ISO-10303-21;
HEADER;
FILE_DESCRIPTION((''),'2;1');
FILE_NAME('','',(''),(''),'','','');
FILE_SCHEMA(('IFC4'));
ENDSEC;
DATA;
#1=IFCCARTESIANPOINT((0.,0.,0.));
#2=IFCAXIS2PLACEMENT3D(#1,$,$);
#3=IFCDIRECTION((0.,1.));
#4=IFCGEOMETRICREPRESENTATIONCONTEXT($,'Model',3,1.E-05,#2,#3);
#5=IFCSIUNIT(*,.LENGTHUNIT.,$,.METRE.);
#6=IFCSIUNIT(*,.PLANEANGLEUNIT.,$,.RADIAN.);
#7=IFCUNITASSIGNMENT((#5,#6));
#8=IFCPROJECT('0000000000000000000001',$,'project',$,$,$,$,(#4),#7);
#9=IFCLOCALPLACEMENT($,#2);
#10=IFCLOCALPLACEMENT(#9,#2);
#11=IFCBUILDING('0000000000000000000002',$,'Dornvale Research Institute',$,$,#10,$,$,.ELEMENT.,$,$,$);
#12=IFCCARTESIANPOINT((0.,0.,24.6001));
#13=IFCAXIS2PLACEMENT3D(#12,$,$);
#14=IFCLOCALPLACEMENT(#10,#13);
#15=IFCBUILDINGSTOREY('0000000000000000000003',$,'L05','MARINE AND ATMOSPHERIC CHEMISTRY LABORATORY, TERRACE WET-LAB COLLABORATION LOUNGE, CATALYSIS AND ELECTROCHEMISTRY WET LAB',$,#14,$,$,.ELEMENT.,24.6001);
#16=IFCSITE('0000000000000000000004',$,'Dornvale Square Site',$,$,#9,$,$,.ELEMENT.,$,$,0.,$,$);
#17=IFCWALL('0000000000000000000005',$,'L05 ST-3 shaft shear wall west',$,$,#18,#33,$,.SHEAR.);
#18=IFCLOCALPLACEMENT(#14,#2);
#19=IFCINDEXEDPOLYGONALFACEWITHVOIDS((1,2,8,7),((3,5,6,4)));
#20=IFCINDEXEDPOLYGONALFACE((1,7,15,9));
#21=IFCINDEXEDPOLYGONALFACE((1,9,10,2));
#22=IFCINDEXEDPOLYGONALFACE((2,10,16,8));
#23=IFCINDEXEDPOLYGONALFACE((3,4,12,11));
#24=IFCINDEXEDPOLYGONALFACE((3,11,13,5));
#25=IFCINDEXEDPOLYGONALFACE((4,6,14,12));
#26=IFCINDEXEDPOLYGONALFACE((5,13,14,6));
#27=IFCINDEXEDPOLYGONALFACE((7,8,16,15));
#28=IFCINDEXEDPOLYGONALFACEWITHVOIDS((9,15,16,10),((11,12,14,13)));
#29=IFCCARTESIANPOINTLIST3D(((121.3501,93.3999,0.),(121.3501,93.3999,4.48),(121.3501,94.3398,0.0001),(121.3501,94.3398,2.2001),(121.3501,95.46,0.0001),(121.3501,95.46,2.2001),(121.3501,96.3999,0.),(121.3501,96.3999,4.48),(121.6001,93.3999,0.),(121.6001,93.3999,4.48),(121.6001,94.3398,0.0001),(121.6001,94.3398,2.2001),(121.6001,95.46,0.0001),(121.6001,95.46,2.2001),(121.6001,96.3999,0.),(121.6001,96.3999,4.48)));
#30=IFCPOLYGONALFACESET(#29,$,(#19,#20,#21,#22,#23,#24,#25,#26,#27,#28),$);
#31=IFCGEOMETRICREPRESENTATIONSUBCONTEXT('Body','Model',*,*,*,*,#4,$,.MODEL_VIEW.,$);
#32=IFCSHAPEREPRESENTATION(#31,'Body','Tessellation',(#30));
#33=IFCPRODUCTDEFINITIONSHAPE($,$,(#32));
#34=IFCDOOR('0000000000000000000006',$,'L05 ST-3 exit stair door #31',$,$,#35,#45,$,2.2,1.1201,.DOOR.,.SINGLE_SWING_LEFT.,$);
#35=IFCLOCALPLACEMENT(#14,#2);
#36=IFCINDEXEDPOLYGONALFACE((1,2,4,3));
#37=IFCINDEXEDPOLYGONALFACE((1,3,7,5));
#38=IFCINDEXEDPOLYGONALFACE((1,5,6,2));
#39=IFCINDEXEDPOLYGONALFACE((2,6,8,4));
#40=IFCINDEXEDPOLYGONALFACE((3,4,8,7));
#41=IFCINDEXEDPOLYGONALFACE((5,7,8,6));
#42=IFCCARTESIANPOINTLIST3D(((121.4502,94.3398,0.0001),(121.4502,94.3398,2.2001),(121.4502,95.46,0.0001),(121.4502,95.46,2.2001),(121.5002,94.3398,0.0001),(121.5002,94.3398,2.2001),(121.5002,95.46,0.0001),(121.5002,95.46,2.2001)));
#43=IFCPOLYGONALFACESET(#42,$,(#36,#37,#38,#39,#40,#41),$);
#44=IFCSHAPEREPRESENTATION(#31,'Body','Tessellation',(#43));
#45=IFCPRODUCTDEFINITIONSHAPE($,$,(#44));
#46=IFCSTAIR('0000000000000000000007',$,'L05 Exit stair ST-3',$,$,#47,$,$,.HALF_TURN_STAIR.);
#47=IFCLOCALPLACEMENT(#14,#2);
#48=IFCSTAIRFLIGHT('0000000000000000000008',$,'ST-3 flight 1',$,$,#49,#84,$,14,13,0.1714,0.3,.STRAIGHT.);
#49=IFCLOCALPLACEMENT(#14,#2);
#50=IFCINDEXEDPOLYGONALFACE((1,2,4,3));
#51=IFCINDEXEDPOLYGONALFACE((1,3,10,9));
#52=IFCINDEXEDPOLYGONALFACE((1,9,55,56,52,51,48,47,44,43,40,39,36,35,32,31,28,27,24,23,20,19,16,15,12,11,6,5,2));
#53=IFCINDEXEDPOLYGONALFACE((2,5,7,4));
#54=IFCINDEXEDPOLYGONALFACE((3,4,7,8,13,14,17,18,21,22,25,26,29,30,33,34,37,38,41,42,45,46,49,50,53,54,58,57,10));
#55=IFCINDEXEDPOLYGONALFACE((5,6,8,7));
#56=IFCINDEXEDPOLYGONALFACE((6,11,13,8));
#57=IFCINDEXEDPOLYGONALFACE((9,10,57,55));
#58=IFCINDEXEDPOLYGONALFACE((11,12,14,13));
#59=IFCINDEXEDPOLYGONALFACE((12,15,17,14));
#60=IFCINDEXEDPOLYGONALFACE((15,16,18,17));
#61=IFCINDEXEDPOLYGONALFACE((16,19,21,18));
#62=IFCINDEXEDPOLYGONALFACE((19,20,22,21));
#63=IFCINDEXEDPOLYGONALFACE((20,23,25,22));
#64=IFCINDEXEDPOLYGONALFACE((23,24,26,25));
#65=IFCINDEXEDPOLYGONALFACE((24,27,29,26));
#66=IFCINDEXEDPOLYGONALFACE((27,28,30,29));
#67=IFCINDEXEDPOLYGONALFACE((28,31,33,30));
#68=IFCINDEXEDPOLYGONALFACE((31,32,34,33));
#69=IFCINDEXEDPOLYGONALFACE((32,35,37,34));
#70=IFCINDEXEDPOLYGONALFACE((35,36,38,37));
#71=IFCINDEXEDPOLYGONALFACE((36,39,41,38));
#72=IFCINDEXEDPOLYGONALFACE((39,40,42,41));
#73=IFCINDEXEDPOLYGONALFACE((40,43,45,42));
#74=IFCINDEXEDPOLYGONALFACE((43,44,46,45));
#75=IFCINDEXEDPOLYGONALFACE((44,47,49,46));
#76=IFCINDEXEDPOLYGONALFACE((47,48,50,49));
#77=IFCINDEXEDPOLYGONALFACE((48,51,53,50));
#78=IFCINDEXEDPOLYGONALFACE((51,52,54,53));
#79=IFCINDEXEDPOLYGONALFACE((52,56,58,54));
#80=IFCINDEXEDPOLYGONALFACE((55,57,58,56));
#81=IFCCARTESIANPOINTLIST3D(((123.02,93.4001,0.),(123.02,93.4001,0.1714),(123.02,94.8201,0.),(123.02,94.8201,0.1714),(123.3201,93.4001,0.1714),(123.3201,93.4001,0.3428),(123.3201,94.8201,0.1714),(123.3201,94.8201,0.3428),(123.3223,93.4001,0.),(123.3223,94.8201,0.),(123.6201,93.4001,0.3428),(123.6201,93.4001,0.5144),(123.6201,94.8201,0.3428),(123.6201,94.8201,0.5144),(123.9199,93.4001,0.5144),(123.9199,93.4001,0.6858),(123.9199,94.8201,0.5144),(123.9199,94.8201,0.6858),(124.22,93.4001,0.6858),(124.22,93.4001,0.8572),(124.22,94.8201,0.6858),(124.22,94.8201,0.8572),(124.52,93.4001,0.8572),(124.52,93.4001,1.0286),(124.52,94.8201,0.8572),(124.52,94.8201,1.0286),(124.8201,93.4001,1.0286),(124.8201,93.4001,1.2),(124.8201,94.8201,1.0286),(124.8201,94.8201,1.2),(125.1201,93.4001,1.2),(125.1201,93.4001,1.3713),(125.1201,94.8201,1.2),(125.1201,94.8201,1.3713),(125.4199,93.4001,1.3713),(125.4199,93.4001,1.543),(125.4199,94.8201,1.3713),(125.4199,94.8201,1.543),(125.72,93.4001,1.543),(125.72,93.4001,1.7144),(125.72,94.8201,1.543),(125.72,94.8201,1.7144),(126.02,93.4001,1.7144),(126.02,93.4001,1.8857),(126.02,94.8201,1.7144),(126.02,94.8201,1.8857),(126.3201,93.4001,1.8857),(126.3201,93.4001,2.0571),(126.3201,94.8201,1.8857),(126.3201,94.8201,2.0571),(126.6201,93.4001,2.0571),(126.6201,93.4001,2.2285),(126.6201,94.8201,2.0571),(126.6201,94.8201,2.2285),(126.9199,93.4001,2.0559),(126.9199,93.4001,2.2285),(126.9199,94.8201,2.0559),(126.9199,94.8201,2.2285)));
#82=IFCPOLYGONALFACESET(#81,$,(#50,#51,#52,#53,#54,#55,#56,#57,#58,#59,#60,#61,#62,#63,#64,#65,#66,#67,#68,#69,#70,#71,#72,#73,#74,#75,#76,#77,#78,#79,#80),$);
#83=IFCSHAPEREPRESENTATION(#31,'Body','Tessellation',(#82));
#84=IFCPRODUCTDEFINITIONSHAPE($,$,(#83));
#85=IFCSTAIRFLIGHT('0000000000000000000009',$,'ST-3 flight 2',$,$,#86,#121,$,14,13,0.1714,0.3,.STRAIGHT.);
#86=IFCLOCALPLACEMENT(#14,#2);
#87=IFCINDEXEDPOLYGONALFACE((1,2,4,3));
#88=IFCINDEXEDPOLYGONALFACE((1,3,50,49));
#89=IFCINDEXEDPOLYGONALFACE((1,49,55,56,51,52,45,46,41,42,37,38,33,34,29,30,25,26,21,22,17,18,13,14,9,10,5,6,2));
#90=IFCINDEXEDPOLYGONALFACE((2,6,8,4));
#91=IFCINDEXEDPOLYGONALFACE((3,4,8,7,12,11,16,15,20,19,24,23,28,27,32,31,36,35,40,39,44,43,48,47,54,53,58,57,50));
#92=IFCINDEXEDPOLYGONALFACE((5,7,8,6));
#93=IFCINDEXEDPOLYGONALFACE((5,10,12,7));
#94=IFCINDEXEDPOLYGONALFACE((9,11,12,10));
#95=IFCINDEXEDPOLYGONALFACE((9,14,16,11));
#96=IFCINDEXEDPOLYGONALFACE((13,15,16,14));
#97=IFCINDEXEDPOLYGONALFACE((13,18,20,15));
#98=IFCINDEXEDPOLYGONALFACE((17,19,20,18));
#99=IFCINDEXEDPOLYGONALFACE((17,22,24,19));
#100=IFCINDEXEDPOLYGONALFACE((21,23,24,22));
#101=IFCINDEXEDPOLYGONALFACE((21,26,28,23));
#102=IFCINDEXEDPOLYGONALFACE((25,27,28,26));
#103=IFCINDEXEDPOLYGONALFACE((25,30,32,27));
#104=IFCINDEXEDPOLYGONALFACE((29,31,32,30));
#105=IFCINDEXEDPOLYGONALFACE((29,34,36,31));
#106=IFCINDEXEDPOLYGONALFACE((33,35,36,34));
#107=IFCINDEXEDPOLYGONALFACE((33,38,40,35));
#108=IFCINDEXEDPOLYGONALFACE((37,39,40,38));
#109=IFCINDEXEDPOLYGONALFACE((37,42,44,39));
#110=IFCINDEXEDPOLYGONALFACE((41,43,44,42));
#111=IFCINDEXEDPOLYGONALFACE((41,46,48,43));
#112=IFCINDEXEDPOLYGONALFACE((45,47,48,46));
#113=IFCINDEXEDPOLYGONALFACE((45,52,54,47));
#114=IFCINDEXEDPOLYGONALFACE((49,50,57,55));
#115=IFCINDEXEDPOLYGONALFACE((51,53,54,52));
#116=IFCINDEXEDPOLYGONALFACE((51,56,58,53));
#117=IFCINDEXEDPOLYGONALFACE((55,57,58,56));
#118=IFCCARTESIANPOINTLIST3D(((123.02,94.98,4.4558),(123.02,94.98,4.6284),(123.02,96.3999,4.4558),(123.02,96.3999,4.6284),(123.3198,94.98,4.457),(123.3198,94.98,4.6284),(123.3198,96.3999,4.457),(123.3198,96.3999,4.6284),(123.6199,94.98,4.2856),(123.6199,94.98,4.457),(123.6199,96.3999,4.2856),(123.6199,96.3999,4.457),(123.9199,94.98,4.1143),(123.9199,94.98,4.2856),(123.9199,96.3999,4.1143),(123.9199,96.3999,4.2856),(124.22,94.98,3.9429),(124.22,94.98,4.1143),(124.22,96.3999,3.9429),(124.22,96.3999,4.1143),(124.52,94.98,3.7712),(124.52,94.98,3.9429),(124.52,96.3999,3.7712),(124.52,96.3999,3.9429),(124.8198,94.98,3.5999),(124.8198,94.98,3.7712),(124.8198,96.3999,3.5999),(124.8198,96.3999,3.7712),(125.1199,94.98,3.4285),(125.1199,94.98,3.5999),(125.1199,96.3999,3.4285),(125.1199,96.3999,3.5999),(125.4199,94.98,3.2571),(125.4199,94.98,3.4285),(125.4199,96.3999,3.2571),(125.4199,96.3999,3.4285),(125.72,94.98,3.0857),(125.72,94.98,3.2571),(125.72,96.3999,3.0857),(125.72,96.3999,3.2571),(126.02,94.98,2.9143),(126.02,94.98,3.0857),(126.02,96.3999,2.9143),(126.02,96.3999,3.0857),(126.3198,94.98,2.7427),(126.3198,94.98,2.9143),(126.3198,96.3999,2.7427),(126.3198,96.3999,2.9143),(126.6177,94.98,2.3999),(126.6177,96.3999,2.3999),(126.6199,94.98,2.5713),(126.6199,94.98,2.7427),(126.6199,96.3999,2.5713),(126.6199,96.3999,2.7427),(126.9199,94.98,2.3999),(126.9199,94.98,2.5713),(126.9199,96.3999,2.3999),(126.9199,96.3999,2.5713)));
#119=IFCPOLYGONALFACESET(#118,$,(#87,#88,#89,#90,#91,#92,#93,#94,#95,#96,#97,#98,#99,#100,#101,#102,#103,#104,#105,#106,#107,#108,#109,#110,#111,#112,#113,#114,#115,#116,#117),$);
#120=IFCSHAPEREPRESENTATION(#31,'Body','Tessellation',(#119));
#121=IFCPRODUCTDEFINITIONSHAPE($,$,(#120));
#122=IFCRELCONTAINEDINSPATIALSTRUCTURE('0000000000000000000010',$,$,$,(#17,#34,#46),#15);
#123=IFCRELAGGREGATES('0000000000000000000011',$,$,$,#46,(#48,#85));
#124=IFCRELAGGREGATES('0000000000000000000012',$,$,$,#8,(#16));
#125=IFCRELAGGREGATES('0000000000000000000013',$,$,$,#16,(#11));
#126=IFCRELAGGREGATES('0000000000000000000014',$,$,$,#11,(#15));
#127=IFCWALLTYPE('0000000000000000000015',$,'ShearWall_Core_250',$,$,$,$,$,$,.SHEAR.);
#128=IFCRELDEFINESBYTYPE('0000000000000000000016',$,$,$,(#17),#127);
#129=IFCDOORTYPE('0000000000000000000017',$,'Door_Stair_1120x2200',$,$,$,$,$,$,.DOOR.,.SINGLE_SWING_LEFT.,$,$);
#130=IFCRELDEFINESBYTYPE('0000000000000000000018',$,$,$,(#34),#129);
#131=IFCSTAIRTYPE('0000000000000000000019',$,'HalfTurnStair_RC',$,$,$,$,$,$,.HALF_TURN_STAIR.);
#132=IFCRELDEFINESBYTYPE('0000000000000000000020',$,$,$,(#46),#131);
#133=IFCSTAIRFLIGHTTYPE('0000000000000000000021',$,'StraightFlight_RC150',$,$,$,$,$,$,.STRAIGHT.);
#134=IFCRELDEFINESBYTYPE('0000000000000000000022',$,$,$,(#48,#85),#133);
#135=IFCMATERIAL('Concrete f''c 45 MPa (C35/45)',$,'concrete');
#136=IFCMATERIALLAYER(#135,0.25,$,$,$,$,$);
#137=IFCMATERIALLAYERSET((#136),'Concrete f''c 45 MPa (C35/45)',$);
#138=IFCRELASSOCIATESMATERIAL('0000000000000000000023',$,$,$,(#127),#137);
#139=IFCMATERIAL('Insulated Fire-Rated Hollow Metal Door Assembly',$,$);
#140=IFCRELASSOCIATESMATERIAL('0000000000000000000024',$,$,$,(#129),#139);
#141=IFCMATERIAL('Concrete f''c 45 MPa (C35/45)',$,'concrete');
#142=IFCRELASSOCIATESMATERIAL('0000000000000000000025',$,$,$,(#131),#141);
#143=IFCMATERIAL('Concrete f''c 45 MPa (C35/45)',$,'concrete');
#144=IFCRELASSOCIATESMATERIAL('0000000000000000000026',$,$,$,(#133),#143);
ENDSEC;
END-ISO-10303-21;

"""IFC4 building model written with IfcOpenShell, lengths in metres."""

from ifc_helpers import new_model, si_unit, direction, frame, frame_2d, origin, place, context, subcontext, project, spatial, polyline, rectangle, outline, extrude, material, layer, layer_set, type_object, element, fill, aggregate, save


model = new_model("IFC4")

# Units and contexts
model_context = context("Model", 3, precision=1e-05, world=origin(), true_north=direction((0.0, 1.0)))
body_context = subcontext(model_context, "Body", "Model", "MODEL_VIEW")
ifc_project = project(units=[si_unit("LENGTHUNIT", "METRE"), si_unit("PLANEANGLEUNIT", "RADIAN")], contexts=[model_context])

# Site, building, storey
site_placement = place(None, origin())
site = spatial("IfcSite", under=ifc_project, at=site_placement, Name="Dornvale Square Site", CompositionType="ELEMENT", RefElevation=0.0)
building_placement = place(site_placement, origin())
building = spatial("IfcBuilding", under=site, at=building_placement, Name="Dornvale Research Institute", CompositionType="ELEMENT")
storey_placement = place(building_placement, frame((0.0, 0.0, 24.6001)))
storey = spatial("IfcBuildingStorey", under=building, at=storey_placement, Name="L05", Description="MARINE AND ATMOSPHERIC CHEMISTRY LABORATORY, TERRACE WET-LAB COLLABORATION LOUNGE, CATALYSIS AND ELECTROCHEMISTRY WET LAB", CompositionType="ELEMENT", Elevation=24.6001)

# Shared definitions
ifc_material_1 = material(Name="Concrete f'c 45 MPa (C35/45)", Category="concrete")
ifc_layer_1 = layer(ifc_material_1, 0.25)
ifc_layer_set_1 = layer_set([ifc_layer_1], Name="Concrete f'c 45 MPa (C35/45)")
wall_type_1 = type_object("IfcWallType", Name="ShearWall_Core_250", PredefinedType="SHEAR", material=ifc_layer_set_1)

# Wall, opening, door
wall_1_placement = place(storey_placement, frame((121.4751, 93.3999, 0.0), z_axis=(0.0, 0.0, 1.0), x_axis=(0.0, 1.0, 0.0)))
wall_1 = element("IfcWall", 1, at=wall_1_placement, inside=storey, type_object=wall_type_1, Name="L05 ST-3 shaft shear wall west", PredefinedType="SHEAR", context=body_context, shape_type="SweptSolid", body=[
    extrude(rectangle(XDim=3.0, YDim=0.25, at=frame_2d((1.5, 0.0))), origin(), (0.0, 0.0, 1.0), 4.48),
])
opening_placement = place(wall_1_placement, frame((0.9399, 0.0, 0.0)))
opening = element("IfcOpeningElement", 2, at=opening_placement, cuts=wall_1, PredefinedType="OPENING", context=body_context, shape_type="SweptSolid", body=[
    extrude(rectangle(XDim=1.1201, YDim=2.2, at=frame_2d((0.5601, 1.1001))), frame((0.0, 0.1399, 0.0), z_axis=(0.0, -1.0, 0.0), x_axis=(1.0, 0.0, 0.0)), (0.0, 0.0, 1.0), 0.28),
])
ifc_material_2 = material(Name="Insulated Fire-Rated Hollow Metal Door Assembly")
door_type = type_object("IfcDoorType", Name="Door_Stair_1120x2200", OperationType="SINGLE_SWING_LEFT", PredefinedType="DOOR", material=ifc_material_2)
door_placement = place(opening_placement, origin())
door = element("IfcDoor", 3, at=door_placement, inside=storey, type_object=door_type, Name="L05 ST-3 exit stair door #31", OperationType="SINGLE_SWING_LEFT", OverallHeight=2.2, OverallWidth=1.1201, PredefinedType="DOOR", context=body_context, shape_type="SweptSolid", body=[
    extrude(rectangle(XDim=1.1201, YDim=2.2, at=frame_2d((0.5601, 1.1001))), frame((0.0, 0.0249, 0.0), z_axis=(0.0, -1.0, 0.0), x_axis=(1.0, 0.0, 0.0)), (0.0, 0.0, 1.0), 0.05),
])
fill(opening, door)

# Stair, stair flights
ifc_material_3 = material(Name="Concrete f'c 45 MPa (C35/45)", Category="concrete")
stair_type = type_object("IfcStairType", Name="HalfTurnStair_RC", PredefinedType="HALF_TURN_STAIR", material=ifc_material_3)
stair_placement = place(storey_placement, origin())
stair = element("IfcStair", 4, at=stair_placement, inside=storey, type_object=stair_type, Name="L05 Exit stair ST-3", PredefinedType="HALF_TURN_STAIR")
ifc_material_4 = material(Name="Concrete f'c 45 MPa (C35/45)", Category="concrete")
stair_flight_type = type_object("IfcStairFlightType", Name="StraightFlight_RC150", PredefinedType="STRAIGHT", material=ifc_material_4)
stair_flight_1_placement = place(storey_placement, frame((123.02, 94.1101, 0.0), z_axis=(0.0, 0.0, 1.0), x_axis=(1.0, 0.0, 0.0)))
stair_flight_1 = element("IfcStairFlight", 5, at=stair_flight_1_placement, type_object=stair_flight_type, Name="ST-3 flight 1", NumberOfRisers=14, NumberOfTreads=13, PredefinedType="STRAIGHT", RiserHeight=0.1714, TreadLength=0.3, context=body_context, shape_type="SweptSolid", body=[
    extrude(outline(polyline([(0.0, 0.0), (0.0, 0.1714), (0.3, 0.1714), (0.3, 0.3428), (0.6001, 0.3428), (0.6001, 0.5144), (0.8999, 0.5144), (0.8999, 0.6858), (1.2, 0.6858), (1.2, 0.8572), (1.5, 0.8572), (1.5, 1.0286), (1.8, 1.0286), (1.8, 1.2), (2.1001, 1.2), (2.1001, 1.3713), (2.3999, 1.3713), (2.3999, 1.543), (2.7, 1.543), (2.7, 1.7144), (3.0, 1.7144), (3.0, 1.8857), (3.3, 1.8857), (3.3, 2.0571), (3.6001, 2.0571), (3.6001, 2.2285), (3.8999, 2.2285), (3.8999, 2.3999), (3.8999, 2.0559), (0.3022, 0.0), (0.0, 0.0)])), frame((0.0, 0.71, 0.0), z_axis=(0.0, -1.0, 0.0), x_axis=(1.0, 0.0, 0.0)), (0.0, 0.0, 1.0), 1.4199),
])
stair_flight_2_placement = place(storey_placement, frame((126.9199, 95.6899, 2.3999), z_axis=(0.0, 0.0, 1.0), x_axis=(-1.0, 0.0, 0.0)))
stair_flight_2 = element("IfcStairFlight", 6, at=stair_flight_2_placement, type_object=stair_flight_type, Name="ST-3 flight 2", NumberOfRisers=14, NumberOfTreads=13, PredefinedType="STRAIGHT", RiserHeight=0.1714, TreadLength=0.3, context=body_context, shape_type="SweptSolid", body=[
    extrude(outline(polyline([(0.0, 0.0), (0.0, 0.1714), (0.3, 0.1714), (0.3, 0.3428), (0.6001, 0.3428), (0.6001, 0.5144), (0.8999, 0.5144), (0.8999, 0.6858), (1.2, 0.6858), (1.2, 0.8572), (1.5, 0.8572), (1.5, 1.0286), (1.8, 1.0286), (1.8, 1.2), (2.1001, 1.2), (2.1001, 1.3713), (2.3999, 1.3713), (2.3999, 1.543), (2.7, 1.543), (2.7, 1.7144), (3.0, 1.7144), (3.0, 1.8857), (3.3, 1.8857), (3.3, 2.0571), (3.6001, 2.0571), (3.6001, 2.2285), (3.8999, 2.2285), (3.8999, 2.3999), (3.8999, 2.0559), (0.3022, 0.0), (0.0, 0.0)])), frame((0.0, 0.71, 0.0), z_axis=(0.0, -1.0, 0.0), x_axis=(1.0, 0.0, 0.0)), (0.0, 0.0, 1.0), 1.4199),
])
aggregate(stair, [stair_flight_1, stair_flight_2])

save(model, "model.ifc")
